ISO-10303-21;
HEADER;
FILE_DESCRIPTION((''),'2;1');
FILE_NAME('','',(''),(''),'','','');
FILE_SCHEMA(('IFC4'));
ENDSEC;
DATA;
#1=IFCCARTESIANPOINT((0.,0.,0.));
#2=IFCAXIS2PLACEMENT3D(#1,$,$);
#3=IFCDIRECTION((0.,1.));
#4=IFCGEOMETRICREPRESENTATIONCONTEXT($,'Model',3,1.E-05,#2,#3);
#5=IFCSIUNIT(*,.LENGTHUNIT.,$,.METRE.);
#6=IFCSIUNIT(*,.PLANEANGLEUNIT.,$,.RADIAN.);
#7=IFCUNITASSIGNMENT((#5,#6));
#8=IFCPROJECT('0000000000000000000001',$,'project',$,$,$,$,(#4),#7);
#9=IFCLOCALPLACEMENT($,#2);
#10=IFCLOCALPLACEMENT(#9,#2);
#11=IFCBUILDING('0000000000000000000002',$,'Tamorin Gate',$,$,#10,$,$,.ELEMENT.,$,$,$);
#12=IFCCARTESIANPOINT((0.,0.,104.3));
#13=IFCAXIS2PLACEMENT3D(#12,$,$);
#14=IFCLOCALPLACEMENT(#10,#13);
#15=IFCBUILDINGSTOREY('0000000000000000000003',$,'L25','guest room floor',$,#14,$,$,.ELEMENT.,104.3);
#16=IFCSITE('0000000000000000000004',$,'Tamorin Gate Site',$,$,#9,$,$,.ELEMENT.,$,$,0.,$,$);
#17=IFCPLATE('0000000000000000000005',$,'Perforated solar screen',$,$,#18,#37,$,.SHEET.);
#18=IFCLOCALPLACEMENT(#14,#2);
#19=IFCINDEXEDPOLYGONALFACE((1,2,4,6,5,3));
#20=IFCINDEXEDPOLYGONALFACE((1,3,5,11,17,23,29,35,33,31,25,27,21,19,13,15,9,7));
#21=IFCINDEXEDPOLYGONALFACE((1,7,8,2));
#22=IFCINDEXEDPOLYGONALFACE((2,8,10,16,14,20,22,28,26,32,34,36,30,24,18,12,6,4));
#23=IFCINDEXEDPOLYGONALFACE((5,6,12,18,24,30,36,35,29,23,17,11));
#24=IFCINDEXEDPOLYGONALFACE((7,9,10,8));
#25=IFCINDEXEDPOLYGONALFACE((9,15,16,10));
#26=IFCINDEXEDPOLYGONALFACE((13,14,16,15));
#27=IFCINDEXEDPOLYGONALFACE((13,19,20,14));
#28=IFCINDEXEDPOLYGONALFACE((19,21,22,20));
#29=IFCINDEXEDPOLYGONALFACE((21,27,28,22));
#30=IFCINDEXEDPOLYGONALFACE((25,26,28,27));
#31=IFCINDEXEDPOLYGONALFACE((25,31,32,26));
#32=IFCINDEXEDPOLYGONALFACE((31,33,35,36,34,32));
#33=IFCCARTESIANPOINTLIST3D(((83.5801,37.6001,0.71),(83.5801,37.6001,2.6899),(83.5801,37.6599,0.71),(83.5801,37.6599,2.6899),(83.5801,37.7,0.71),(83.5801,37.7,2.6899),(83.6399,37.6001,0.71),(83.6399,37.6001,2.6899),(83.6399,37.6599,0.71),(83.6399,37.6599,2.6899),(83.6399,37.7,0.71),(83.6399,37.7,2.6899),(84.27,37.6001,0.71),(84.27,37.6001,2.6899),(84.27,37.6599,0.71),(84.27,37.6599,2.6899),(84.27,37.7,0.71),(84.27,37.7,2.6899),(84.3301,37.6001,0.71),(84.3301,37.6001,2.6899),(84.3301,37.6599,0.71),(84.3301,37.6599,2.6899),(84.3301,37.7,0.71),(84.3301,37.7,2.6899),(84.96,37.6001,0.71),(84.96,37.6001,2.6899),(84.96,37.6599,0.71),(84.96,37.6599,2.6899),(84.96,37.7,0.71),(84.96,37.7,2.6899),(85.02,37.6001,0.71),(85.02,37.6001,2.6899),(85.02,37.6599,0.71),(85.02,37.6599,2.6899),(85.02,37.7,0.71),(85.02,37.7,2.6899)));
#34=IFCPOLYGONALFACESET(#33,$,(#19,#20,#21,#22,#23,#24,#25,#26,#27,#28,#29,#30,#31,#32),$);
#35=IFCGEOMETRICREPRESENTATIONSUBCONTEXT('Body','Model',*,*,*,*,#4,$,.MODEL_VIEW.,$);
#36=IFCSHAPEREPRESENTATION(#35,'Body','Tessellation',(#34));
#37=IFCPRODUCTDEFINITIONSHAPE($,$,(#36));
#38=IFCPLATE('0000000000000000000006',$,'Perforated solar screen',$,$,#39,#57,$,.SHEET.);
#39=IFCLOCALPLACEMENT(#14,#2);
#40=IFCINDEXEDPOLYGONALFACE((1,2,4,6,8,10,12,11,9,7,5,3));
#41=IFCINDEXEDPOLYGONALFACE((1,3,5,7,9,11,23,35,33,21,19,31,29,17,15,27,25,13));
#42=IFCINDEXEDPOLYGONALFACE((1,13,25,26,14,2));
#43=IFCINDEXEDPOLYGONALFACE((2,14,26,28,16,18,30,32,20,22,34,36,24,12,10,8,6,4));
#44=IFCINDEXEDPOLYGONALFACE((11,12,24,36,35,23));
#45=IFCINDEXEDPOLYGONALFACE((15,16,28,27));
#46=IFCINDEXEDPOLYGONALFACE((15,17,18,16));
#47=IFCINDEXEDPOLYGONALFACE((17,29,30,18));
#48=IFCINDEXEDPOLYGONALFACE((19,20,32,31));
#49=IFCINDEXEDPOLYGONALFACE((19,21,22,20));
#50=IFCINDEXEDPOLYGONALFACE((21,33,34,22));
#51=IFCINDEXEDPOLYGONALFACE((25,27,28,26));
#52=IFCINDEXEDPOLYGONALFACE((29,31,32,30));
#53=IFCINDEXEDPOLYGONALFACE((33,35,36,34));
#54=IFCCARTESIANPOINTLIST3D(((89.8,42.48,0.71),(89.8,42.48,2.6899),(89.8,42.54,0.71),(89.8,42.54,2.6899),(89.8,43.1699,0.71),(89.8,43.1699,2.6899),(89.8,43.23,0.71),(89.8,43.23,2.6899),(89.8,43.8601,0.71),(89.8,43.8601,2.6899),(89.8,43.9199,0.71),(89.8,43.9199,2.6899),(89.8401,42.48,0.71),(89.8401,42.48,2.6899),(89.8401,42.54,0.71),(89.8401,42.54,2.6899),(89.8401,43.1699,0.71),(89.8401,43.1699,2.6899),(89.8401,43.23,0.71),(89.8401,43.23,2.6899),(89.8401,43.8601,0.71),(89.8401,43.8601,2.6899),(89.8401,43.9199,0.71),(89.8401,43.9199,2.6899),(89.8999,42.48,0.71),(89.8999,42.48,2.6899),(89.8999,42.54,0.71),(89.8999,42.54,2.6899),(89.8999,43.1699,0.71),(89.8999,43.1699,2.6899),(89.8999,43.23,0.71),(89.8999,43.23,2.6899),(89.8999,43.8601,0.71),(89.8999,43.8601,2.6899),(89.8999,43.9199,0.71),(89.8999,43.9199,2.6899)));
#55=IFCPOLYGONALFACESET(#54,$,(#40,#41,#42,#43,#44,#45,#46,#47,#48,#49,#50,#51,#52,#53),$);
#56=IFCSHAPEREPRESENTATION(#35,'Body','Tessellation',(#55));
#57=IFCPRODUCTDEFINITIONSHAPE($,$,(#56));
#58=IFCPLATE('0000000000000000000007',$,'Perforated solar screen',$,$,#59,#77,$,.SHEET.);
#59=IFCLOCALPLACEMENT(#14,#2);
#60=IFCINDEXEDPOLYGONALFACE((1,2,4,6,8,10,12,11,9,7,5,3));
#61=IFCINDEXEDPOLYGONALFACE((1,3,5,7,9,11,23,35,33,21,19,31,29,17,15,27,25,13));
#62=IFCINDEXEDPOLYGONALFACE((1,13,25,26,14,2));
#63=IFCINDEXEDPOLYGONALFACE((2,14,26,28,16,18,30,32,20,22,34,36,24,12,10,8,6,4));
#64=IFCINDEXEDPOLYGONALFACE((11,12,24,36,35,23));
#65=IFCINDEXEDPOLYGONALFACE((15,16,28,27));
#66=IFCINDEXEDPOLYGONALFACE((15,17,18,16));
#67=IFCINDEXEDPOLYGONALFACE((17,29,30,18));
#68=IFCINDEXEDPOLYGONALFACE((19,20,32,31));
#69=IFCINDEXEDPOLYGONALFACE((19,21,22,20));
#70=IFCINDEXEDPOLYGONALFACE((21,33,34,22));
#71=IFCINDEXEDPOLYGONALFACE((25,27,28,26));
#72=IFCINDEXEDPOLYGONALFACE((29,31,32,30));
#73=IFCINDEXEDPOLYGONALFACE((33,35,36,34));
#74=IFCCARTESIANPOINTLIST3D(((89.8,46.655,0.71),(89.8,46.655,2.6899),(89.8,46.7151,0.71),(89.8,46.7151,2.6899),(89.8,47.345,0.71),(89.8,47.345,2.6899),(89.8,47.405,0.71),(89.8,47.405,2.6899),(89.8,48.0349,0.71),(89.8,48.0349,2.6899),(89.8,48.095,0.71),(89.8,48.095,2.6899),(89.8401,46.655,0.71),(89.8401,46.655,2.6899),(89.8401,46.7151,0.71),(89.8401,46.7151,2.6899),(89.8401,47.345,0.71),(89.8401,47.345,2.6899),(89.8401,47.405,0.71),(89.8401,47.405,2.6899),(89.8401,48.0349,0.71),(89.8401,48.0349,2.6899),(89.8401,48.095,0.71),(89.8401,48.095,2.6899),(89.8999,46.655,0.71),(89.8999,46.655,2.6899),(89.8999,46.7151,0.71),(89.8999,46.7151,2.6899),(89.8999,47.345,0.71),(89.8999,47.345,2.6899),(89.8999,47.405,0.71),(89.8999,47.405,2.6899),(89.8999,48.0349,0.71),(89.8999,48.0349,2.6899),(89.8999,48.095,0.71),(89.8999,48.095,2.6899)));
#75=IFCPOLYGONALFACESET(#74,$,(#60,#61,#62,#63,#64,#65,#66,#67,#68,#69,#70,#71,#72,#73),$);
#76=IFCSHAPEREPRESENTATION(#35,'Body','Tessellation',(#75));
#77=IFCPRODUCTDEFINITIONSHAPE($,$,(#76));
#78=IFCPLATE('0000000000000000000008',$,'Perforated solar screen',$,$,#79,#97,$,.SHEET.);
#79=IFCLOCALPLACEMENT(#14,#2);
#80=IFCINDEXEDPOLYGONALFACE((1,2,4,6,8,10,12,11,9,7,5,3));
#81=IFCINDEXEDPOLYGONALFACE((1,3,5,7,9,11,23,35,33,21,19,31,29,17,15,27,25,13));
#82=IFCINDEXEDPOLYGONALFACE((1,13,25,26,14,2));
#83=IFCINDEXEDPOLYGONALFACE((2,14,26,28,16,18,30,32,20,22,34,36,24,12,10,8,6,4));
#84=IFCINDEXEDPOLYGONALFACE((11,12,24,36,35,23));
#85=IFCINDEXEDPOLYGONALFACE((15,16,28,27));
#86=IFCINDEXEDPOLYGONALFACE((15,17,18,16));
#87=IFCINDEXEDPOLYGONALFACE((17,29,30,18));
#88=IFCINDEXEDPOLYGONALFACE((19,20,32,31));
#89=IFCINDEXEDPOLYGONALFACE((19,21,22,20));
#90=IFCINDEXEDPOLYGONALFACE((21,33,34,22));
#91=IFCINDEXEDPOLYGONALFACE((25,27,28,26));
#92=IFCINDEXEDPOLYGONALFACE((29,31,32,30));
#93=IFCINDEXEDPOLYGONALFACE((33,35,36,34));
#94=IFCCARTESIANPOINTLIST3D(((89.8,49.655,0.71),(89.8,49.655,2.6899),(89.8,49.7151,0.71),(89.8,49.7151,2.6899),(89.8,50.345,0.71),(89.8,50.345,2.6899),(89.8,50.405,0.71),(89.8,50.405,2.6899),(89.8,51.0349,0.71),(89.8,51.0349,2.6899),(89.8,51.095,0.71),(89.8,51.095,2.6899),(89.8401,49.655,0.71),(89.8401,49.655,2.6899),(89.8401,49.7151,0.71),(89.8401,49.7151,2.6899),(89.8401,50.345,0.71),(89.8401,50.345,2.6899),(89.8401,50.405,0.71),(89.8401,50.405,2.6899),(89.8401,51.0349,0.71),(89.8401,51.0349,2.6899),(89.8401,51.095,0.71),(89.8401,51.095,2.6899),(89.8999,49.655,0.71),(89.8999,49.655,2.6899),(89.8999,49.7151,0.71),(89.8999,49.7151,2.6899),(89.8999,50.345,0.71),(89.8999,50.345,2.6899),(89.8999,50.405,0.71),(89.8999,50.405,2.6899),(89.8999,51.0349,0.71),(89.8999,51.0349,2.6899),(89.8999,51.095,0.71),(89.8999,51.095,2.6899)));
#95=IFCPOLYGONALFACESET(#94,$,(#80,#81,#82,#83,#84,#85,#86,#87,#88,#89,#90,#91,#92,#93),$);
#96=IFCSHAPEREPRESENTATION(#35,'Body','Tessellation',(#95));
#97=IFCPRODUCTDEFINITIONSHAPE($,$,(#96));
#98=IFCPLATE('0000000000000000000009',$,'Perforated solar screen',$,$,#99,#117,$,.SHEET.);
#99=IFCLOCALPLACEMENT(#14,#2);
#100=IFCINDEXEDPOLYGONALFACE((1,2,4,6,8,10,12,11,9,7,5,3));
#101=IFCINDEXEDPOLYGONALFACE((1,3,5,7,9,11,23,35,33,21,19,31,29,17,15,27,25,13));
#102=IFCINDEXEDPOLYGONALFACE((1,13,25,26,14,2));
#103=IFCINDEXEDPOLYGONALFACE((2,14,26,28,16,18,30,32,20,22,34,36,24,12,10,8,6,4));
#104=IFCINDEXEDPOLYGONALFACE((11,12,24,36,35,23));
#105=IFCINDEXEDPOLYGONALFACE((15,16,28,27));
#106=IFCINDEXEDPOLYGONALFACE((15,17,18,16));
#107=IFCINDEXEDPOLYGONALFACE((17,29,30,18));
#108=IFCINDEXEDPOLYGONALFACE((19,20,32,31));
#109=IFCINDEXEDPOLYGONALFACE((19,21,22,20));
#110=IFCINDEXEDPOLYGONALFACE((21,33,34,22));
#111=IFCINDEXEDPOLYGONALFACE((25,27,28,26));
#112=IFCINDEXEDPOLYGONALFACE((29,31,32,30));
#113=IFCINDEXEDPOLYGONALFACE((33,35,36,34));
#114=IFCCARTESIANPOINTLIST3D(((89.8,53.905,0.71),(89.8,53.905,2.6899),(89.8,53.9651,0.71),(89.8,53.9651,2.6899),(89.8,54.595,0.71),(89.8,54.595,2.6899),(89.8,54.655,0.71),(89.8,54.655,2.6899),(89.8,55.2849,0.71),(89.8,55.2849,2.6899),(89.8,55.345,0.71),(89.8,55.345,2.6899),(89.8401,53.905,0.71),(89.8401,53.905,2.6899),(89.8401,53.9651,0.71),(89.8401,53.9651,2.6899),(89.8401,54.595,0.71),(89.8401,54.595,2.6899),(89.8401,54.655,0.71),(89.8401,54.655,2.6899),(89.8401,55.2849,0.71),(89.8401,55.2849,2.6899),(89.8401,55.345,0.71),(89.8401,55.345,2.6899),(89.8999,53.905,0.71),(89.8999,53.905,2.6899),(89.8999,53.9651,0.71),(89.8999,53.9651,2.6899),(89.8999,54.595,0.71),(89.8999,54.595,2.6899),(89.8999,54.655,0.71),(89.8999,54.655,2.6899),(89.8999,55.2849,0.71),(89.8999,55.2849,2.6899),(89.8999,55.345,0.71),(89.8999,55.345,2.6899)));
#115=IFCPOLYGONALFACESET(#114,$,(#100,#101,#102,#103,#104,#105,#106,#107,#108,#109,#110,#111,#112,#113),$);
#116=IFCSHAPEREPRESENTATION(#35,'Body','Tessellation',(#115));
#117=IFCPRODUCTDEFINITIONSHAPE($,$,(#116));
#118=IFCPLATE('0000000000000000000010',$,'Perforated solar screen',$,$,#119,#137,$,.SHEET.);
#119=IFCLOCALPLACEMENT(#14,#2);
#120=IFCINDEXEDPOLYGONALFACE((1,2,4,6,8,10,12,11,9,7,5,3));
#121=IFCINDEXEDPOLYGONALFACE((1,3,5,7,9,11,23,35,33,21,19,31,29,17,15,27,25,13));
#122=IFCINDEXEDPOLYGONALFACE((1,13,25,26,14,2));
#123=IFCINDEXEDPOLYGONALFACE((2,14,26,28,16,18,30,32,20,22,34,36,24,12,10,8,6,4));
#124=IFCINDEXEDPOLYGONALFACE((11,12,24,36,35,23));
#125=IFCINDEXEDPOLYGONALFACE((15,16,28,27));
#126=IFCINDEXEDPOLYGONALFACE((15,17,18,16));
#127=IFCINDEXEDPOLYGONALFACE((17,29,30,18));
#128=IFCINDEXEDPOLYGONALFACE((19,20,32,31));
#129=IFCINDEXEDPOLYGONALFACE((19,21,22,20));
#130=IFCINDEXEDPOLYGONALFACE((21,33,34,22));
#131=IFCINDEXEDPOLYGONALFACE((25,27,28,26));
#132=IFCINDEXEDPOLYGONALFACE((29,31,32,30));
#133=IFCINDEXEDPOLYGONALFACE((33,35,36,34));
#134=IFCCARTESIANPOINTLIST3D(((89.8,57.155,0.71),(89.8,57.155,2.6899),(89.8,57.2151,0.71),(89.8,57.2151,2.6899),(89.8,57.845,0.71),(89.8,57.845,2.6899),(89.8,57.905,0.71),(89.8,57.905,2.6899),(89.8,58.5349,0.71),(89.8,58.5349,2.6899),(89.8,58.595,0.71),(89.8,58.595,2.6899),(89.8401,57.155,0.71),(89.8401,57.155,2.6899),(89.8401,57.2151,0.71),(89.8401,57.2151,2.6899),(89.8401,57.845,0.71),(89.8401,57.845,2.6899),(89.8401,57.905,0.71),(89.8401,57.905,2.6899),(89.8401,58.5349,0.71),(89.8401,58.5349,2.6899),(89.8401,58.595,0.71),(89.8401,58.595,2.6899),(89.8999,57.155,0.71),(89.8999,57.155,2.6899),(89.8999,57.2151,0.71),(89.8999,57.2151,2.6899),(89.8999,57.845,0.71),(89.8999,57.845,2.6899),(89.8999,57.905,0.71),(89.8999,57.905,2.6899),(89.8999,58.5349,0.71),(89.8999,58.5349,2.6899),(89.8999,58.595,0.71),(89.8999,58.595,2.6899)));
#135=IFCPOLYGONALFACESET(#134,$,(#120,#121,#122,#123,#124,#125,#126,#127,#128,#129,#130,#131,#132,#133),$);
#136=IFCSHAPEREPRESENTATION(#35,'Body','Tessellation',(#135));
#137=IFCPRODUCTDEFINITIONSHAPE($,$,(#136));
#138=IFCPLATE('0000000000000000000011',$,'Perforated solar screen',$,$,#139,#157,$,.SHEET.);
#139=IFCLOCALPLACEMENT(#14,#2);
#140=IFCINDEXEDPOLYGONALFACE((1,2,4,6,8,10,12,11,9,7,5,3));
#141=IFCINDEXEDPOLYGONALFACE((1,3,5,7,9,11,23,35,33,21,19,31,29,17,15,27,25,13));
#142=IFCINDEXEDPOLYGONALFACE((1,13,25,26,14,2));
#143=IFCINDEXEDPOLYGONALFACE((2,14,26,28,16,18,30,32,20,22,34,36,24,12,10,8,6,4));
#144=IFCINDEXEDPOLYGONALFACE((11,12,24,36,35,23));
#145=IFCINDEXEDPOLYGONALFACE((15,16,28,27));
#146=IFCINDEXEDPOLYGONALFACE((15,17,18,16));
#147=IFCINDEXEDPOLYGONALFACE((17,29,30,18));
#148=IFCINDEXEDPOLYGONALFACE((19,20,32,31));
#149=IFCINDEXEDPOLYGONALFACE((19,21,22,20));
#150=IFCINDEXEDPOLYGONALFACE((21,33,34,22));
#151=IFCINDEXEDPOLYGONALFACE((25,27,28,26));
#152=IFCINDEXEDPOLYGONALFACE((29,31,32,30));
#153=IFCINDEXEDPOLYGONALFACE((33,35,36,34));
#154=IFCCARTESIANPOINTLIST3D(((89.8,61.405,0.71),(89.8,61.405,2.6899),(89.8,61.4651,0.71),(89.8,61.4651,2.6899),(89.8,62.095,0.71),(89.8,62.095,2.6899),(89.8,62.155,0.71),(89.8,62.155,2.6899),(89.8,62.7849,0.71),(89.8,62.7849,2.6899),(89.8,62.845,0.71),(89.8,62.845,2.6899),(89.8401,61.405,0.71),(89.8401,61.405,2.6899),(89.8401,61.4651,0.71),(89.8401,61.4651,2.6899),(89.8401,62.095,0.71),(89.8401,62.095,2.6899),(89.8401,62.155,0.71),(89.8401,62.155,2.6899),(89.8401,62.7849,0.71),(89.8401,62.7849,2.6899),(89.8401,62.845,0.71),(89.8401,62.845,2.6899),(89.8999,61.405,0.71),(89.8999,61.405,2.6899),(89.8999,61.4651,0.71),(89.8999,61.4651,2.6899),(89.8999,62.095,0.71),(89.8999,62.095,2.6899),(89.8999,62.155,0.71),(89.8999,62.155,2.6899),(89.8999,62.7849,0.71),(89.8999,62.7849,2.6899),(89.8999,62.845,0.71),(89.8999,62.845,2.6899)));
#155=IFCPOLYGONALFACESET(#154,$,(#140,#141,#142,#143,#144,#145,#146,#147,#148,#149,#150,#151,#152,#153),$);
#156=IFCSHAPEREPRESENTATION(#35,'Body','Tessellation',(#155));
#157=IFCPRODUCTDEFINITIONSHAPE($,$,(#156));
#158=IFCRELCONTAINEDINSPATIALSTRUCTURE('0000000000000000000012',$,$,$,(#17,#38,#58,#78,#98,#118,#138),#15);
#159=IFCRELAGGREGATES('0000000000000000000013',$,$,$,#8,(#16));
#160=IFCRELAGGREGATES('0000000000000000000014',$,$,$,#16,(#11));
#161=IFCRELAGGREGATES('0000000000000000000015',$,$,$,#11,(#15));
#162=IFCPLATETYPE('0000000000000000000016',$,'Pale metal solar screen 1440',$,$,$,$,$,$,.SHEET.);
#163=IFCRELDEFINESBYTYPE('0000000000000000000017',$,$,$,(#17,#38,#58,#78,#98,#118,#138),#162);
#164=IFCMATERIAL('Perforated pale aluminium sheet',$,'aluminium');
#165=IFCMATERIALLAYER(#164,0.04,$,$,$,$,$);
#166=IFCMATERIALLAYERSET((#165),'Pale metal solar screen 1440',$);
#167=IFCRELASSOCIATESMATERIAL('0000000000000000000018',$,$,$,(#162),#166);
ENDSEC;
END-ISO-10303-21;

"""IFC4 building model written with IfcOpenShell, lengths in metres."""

from ifc_helpers import new_model, si_unit, direction, frame, origin, place, context, subcontext, project, spatial, polyline, outline, extrude, material, layer, layer_set, type_object, element, save


model = new_model("IFC4")

# Units and contexts
model_context = context("Model", 3, precision=1e-05, world=origin(), true_north=direction((0.0, 1.0)))
body_context = subcontext(model_context, "Body", "Model", "MODEL_VIEW")
ifc_project = project(units=[si_unit("LENGTHUNIT", "METRE"), si_unit("PLANEANGLEUNIT", "RADIAN")], contexts=[model_context])

# Site, building, storey
site_placement = place(None, origin())
site = spatial("IfcSite", under=ifc_project, at=site_placement, Name="Tamorin Gate Site", CompositionType="ELEMENT", RefElevation=0.0)
building_placement = place(site_placement, origin())
building = spatial("IfcBuilding", under=site, at=building_placement, Name="Tamorin Gate", CompositionType="ELEMENT")
storey_placement = place(building_placement, frame((0.0, 0.0, 104.3)))
storey = spatial("IfcBuildingStorey", under=building, at=storey_placement, Name="L25", Description="guest room floor", CompositionType="ELEMENT", Elevation=104.3)

# Plates
ifc_material_1 = material(Name="Perforated pale aluminium sheet", Category="aluminium")
ifc_layer_1 = layer(ifc_material_1, 0.04)
ifc_layer_set_1 = layer_set([ifc_layer_1], Name="Pale metal solar screen 1440")
plate_type = type_object("IfcPlateType", Name="Pale metal solar screen 1440", PredefinedType="SHEET", material=ifc_layer_set_1)
plate_1_placement = place(storey_placement, frame((0.0, 0.0, 0.71)))
element("IfcPlate", 1, at=plate_1_placement, inside=storey, type_object=plate_type, Name="Perforated solar screen", PredefinedType="SHEET", context=body_context, shape_type="SweptSolid", body=[
    extrude(outline(polyline([(83.5801, 37.6599), (83.5801, 37.7), (83.6399, 37.7), (84.27, 37.7), (84.3301, 37.7), (84.96, 37.7), (85.02, 37.7), (85.02, 37.6599), (85.02, 37.6001), (84.96, 37.6001), (84.96, 37.6599), (84.3301, 37.6599), (84.3301, 37.6001), (84.27, 37.6001), (84.27, 37.6599), (83.6399, 37.6599), (83.6399, 37.6001), (83.5801, 37.6001), (83.5801, 37.6599)])), origin(), (0.0, 0.0, 1.0), 1.98),
])
plate_2_placement = place(storey_placement, frame((0.0, 0.0, 0.71)))
element("IfcPlate", 2, at=plate_2_placement, inside=storey, type_object=plate_type, Name="Perforated solar screen", PredefinedType="SHEET", context=body_context, shape_type="SweptSolid", body=[
    extrude(outline(polyline([(89.8401, 42.48), (89.8, 42.48), (89.8, 42.54), (89.8, 43.1699), (89.8, 43.23), (89.8, 43.8601), (89.8, 43.9199), (89.8401, 43.9199), (89.8999, 43.9199), (89.8999, 43.8601), (89.8401, 43.8601), (89.8401, 43.23), (89.8999, 43.23), (89.8999, 43.1699), (89.8401, 43.1699), (89.8401, 42.54), (89.8999, 42.54), (89.8999, 42.48), (89.8401, 42.48)])), origin(), (0.0, 0.0, 1.0), 1.98),
])
plate_3_placement = place(storey_placement, frame((0.0, 0.0, 0.71)))
element("IfcPlate", 3, at=plate_3_placement, inside=storey, type_object=plate_type, Name="Perforated solar screen", PredefinedType="SHEET", context=body_context, shape_type="SweptSolid", body=[
    extrude(outline(polyline([(89.8401, 46.655), (89.8, 46.655), (89.8, 46.7151), (89.8, 47.345), (89.8, 47.405), (89.8, 48.0349), (89.8, 48.095), (89.8, 48.095), (89.8401, 48.095), (89.8401, 48.095), (89.8999, 48.095), (89.8999, 48.0349), (89.8401, 48.0349), (89.8401, 47.405), (89.8999, 47.405), (89.8999, 47.345), (89.8401, 47.345), (89.8401, 46.7151), (89.8999, 46.7151), (89.8999, 46.655), (89.8401, 46.655)])), origin(), (0.0, 0.0, 1.0), 1.98),
])
plate_4_placement = place(storey_placement, frame((0.0, 0.0, 0.71)))
element("IfcPlate", 4, at=plate_4_placement, inside=storey, type_object=plate_type, Name="Perforated solar screen", PredefinedType="SHEET", context=body_context, shape_type="SweptSolid", body=[
    extrude(outline(polyline([(89.8401, 49.655), (89.8, 49.655), (89.8, 49.7151), (89.8, 50.345), (89.8, 50.405), (89.8, 51.0349), (89.8, 51.095), (89.8401, 51.095), (89.8999, 51.095), (89.8999, 51.0349), (89.8401, 51.0349), (89.8401, 50.405), (89.8999, 50.405), (89.8999, 50.345), (89.8401, 50.345), (89.8401, 49.7151), (89.8999, 49.7151), (89.8999, 49.655), (89.8401, 49.655)])), origin(), (0.0, 0.0, 1.0), 1.98),
])
plate_5_placement = place(storey_placement, frame((0.0, 0.0, 0.71)))
element("IfcPlate", 5, at=plate_5_placement, inside=storey, type_object=plate_type, Name="Perforated solar screen", PredefinedType="SHEET", context=body_context, shape_type="SweptSolid", body=[
    extrude(outline(polyline([(89.8401, 53.905), (89.8, 53.905), (89.8, 53.9651), (89.8, 54.595), (89.8, 54.655), (89.8, 55.2849), (89.8, 55.345), (89.8401, 55.345), (89.8999, 55.345), (89.8999, 55.2849), (89.8401, 55.2849), (89.8401, 54.655), (89.8999, 54.655), (89.8999, 54.595), (89.8401, 54.595), (89.8401, 53.9651), (89.8999, 53.9651), (89.8999, 53.905), (89.8401, 53.905)])), origin(), (0.0, 0.0, 1.0), 1.98),
])
plate_6_placement = place(storey_placement, frame((0.0, 0.0, 0.71)))
element("IfcPlate", 6, at=plate_6_placement, inside=storey, type_object=plate_type, Name="Perforated solar screen", PredefinedType="SHEET", context=body_context, shape_type="SweptSolid", body=[
    extrude(outline(polyline([(89.8401, 57.155), (89.8, 57.155), (89.8, 57.2151), (89.8, 57.845), (89.8, 57.905), (89.8, 58.5349), (89.8, 58.595), (89.8401, 58.595), (89.8999, 58.595), (89.8999, 58.5349), (89.8401, 58.5349), (89.8401, 57.905), (89.8999, 57.905), (89.8999, 57.845), (89.8401, 57.845), (89.8401, 57.2151), (89.8999, 57.2151), (89.8999, 57.155), (89.8401, 57.155)])), origin(), (0.0, 0.0, 1.0), 1.98),
])
plate_7_placement = place(storey_placement, frame((0.0, 0.0, 0.71)))
element("IfcPlate", 7, at=plate_7_placement, inside=storey, type_object=plate_type, Name="Perforated solar screen", PredefinedType="SHEET", context=body_context, shape_type="SweptSolid", body=[
    extrude(outline(polyline([(89.8401, 61.405), (89.8, 61.405), (89.8, 61.4651), (89.8, 62.095), (89.8, 62.155), (89.8, 62.7849), (89.8, 62.845), (89.8401, 62.845), (89.8999, 62.845), (89.8999, 62.7849), (89.8401, 62.7849), (89.8401, 62.155), (89.8999, 62.155), (89.8999, 62.095), (89.8401, 62.095), (89.8401, 61.4651), (89.8999, 61.4651), (89.8999, 61.405), (89.8401, 61.405)])), origin(), (0.0, 0.0, 1.0), 1.98),
])

save(model, "model.ifc")
